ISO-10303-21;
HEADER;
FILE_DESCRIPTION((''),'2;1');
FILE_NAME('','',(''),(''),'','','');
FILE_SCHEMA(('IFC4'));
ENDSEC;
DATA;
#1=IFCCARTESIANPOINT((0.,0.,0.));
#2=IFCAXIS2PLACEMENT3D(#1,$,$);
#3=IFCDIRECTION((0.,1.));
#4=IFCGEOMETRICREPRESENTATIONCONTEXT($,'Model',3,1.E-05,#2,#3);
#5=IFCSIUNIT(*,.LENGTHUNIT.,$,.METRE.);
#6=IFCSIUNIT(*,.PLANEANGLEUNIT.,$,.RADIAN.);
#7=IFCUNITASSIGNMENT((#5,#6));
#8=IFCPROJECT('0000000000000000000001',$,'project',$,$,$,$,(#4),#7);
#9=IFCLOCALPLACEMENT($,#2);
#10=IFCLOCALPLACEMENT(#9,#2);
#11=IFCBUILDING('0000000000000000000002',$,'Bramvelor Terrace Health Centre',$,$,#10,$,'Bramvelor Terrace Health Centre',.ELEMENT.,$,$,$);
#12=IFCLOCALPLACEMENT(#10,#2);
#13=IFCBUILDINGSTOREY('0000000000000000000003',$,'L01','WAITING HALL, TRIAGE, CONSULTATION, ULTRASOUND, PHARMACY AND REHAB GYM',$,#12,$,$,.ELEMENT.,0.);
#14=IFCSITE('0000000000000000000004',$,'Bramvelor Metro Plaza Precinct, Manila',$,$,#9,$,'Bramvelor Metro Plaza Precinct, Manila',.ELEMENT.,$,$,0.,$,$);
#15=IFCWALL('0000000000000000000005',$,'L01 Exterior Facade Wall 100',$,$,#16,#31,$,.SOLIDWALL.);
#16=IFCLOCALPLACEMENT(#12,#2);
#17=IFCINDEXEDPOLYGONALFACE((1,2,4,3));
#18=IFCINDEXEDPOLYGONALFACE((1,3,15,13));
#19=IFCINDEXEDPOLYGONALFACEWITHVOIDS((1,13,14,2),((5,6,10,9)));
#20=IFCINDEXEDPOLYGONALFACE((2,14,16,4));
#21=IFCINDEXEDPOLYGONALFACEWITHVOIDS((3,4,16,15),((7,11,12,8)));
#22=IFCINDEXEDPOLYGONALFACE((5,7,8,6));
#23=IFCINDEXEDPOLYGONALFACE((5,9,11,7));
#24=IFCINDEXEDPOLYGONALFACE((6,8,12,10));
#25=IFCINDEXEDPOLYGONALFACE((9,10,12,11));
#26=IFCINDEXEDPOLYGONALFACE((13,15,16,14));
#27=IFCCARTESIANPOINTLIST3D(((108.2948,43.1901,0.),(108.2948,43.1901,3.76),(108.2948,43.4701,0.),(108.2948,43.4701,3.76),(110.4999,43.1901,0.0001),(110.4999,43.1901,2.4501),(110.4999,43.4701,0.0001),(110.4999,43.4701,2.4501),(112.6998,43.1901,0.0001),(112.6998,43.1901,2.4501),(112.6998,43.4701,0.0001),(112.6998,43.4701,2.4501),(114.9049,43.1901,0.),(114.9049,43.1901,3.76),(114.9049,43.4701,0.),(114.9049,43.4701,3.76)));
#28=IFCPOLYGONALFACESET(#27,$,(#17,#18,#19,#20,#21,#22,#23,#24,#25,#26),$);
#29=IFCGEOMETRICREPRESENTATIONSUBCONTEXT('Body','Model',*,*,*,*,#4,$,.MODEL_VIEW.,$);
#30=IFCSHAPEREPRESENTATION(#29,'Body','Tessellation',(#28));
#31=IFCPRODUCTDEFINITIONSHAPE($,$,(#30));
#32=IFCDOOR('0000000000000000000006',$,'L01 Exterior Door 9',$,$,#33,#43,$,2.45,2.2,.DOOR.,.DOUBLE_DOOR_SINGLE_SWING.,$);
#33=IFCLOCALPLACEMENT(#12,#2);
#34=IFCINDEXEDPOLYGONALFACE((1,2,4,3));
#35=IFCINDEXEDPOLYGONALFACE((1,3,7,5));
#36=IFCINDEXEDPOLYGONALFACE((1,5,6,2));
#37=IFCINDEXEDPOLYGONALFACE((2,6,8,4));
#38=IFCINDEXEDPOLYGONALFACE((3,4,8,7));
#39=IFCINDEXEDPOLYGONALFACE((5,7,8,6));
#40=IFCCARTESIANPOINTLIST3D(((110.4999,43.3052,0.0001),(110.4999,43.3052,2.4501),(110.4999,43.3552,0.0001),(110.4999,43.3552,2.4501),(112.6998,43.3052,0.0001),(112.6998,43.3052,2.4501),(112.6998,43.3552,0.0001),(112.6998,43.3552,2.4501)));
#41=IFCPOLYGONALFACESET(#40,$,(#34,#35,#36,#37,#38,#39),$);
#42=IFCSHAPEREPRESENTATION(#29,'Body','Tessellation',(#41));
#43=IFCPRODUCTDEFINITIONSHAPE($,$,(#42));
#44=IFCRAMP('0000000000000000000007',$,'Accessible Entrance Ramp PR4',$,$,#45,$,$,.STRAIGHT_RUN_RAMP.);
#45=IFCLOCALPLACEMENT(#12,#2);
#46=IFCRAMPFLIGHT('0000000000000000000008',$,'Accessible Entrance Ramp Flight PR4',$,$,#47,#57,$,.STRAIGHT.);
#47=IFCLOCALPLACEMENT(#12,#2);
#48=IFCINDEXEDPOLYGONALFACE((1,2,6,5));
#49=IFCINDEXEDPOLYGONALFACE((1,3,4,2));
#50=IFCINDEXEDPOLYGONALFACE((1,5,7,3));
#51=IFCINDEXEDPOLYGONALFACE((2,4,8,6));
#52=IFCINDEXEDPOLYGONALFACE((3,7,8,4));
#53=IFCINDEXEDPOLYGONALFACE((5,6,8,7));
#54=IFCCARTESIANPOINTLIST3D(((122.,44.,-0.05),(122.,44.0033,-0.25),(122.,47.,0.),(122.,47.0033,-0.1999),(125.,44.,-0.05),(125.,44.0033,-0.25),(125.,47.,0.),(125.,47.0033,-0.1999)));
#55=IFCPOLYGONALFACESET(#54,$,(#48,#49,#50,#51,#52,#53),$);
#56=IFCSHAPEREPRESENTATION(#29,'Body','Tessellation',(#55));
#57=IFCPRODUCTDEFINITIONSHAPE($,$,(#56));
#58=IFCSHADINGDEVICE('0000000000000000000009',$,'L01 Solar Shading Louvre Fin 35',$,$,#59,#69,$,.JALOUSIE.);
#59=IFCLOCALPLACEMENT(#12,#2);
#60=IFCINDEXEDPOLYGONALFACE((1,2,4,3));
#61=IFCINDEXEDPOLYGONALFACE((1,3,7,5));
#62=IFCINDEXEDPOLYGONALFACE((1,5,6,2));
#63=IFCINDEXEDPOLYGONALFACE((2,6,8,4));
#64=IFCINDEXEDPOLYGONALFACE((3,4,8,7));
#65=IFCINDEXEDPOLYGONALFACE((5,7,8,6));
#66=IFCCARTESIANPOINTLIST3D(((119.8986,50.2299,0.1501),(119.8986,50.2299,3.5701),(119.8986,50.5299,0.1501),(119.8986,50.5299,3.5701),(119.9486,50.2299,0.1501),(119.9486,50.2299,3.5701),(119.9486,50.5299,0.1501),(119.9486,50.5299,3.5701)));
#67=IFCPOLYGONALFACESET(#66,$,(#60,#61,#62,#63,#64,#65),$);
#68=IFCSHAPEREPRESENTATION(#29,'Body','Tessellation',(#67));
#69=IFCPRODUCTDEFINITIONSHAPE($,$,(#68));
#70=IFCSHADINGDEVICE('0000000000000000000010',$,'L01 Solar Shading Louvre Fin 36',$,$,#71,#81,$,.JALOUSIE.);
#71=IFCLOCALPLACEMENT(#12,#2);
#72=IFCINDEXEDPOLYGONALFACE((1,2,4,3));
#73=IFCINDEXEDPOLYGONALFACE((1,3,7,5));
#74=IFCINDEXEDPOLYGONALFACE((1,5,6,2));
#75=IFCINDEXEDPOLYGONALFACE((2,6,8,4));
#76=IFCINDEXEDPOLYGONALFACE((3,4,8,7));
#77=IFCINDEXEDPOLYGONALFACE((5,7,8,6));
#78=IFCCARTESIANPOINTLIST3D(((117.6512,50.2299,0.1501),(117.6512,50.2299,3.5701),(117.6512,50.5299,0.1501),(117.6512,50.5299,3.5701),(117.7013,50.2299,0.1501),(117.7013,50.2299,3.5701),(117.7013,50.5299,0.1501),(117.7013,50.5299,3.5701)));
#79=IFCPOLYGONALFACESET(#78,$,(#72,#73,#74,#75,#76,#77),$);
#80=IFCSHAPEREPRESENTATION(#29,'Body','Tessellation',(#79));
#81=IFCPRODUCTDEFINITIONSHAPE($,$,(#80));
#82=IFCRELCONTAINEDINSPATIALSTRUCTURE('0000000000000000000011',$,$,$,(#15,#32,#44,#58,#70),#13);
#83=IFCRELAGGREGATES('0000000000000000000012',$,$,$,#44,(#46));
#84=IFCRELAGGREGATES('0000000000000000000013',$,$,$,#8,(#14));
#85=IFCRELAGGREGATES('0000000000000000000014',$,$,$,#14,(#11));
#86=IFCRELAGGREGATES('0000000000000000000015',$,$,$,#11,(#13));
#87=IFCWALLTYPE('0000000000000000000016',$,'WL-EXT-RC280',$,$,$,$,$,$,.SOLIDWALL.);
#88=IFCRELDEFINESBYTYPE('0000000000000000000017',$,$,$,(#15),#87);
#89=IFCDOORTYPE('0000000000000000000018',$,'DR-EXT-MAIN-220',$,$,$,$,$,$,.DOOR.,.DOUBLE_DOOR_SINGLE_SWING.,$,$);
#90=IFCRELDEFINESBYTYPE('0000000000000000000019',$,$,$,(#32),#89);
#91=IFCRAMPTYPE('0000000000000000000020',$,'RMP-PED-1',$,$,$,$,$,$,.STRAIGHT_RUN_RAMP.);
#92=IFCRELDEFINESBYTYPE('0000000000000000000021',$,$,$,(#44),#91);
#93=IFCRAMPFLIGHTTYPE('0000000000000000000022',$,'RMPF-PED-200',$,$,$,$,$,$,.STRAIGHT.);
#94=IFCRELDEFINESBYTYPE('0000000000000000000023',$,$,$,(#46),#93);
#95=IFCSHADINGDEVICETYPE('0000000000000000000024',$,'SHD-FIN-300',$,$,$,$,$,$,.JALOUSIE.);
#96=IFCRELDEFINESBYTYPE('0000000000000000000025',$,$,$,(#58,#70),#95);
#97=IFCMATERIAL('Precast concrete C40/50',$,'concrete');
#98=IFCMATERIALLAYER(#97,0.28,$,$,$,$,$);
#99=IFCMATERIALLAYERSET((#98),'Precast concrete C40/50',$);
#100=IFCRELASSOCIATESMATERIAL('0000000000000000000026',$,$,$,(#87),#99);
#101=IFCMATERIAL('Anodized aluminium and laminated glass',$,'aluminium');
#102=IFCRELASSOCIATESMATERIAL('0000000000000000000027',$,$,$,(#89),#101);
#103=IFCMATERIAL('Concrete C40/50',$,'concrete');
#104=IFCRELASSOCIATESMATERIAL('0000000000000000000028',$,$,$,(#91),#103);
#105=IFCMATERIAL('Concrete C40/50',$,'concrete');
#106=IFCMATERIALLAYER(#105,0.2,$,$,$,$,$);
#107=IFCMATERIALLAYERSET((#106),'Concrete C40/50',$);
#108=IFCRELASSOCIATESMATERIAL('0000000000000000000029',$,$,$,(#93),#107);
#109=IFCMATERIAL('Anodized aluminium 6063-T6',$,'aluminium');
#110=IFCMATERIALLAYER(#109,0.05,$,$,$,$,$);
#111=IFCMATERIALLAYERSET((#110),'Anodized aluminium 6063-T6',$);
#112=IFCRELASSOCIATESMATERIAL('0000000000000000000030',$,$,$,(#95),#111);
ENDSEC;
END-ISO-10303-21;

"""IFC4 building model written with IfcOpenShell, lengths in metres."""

from ifc_helpers import new_model, si_unit, direction, frame, frame_2d, origin, origin_2d, place, context, subcontext, project, spatial, polyline, rectangle, outline, extrude, material, layer, layer_set, type_object, element, fill, aggregate, save


model = new_model("IFC4")

# Units and contexts
model_context = context("Model", 3, precision=1e-05, world=origin(), true_north=direction((0.0, 1.0)))
body_context = subcontext(model_context, "Body", "Model", "MODEL_VIEW")
ifc_project = project(units=[si_unit("LENGTHUNIT", "METRE"), si_unit("PLANEANGLEUNIT", "RADIAN")], contexts=[model_context])

# Site, building, storey
site_placement = place(None, origin())
site = spatial("IfcSite", under=ifc_project, at=site_placement, Name="Bramvelor Metro Plaza Precinct, Manila", LongName="Bramvelor Metro Plaza Precinct, Manila", CompositionType="ELEMENT", RefElevation=0.0)
building_placement = place(site_placement, origin())
building = spatial("IfcBuilding", under=site, at=building_placement, Name="Bramvelor Terrace Health Centre", LongName="Bramvelor Terrace Health Centre", CompositionType="ELEMENT")
storey_placement = place(building_placement, origin())
storey = spatial("IfcBuildingStorey", under=building, at=storey_placement, Name="L01", Description="WAITING HALL, TRIAGE, CONSULTATION, ULTRASOUND, PHARMACY AND REHAB GYM", CompositionType="ELEMENT", Elevation=0.0)

# Wall, opening, door
ifc_material_1 = material(Name="Precast concrete C40/50", Category="concrete")
ifc_layer_1 = layer(ifc_material_1, 0.28)
ifc_layer_set_1 = layer_set([ifc_layer_1], Name="Precast concrete C40/50")
wall_type_1 = type_object("IfcWallType", Name="WL-EXT-RC280", PredefinedType="SOLIDWALL", material=ifc_layer_set_1)
wall_1_placement = place(storey_placement, frame((114.905, 43.3301, 0.0), z_axis=(0.0, 0.0, 1.0), x_axis=(-1.0, 0.0, 0.0)))
wall_1 = element("IfcWall", 1, at=wall_1_placement, inside=storey, type_object=wall_type_1, Name="L01 Exterior Facade Wall 100", PredefinedType="SOLIDWALL", context=body_context, shape_type="SweptSolid", body=[
    extrude(rectangle(XDim=6.6101, YDim=0.28, at=frame_2d((3.3052, 0.0))), origin(), (0.0, 0.0, 1.0), 3.76),
])
opening_1_placement = place(wall_1_placement, frame((2.2051, 0.0, 0.0)))
opening_1 = element("IfcOpeningElement", 2, at=opening_1_placement, cuts=wall_1, PredefinedType="OPENING", context=body_context, shape_type="SweptSolid", body=[
    extrude(rectangle(XDim=2.2, YDim=2.45, at=frame_2d((1.1001, 1.2251))), frame((0.0, 0.1499, 0.0), z_axis=(0.0, -1.0, 0.0), x_axis=(1.0, 0.0, 0.0)), (0.0, 0.0, 1.0), 0.3),
])
ifc_material_2 = material(Name="Anodized aluminium and laminated glass", Category="aluminium")
door_type = type_object("IfcDoorType", Name="DR-EXT-MAIN-220", OperationType="DOUBLE_DOOR_SINGLE_SWING", PredefinedType="DOOR", material=ifc_material_2)
door_placement = place(opening_1_placement, origin())
door = element("IfcDoor", 3, at=door_placement, inside=storey, type_object=door_type, Name="L01 Exterior Door 9", OperationType="DOUBLE_DOOR_SINGLE_SWING", OverallHeight=2.45, OverallWidth=2.2, PredefinedType="DOOR", context=body_context, shape_type="SweptSolid", body=[
    extrude(rectangle(XDim=2.2, YDim=2.45, at=frame_2d((1.1001, 1.2251))), frame((0.0, 0.0249, 0.0), z_axis=(0.0, -1.0, 0.0), x_axis=(1.0, 0.0, 0.0)), (0.0, 0.0, 1.0), 0.05),
])
fill(opening_1, door)

# Ramp, ramp flight
ifc_material_3 = material(Name="Concrete C40/50", Category="concrete")
ramp_type = type_object("IfcRampType", Name="RMP-PED-1", PredefinedType="STRAIGHT_RUN_RAMP", material=ifc_material_3)
ramp_placement = place(storey_placement, origin())
ramp = element("IfcRamp", 4, at=ramp_placement, inside=storey, type_object=ramp_type, Name="Accessible Entrance Ramp PR4", PredefinedType="STRAIGHT_RUN_RAMP")
ifc_material_4 = material(Name="Concrete C40/50", Category="concrete")
ifc_layer_2 = layer(ifc_material_4, 0.2)
ifc_layer_set_2 = layer_set([ifc_layer_2], Name="Concrete C40/50")
ramp_flight_type = type_object("IfcRampFlightType", Name="RMPF-PED-200", PredefinedType="STRAIGHT", material=ifc_layer_set_2)
ramp_flight_placement = place(storey_placement, frame((122.0, 44.0, -0.05), z_axis=(0.0, -0.016681, 0.999861), x_axis=(1.0, 0.0, 0.0)))
ramp_flight = element("IfcRampFlight", 5, at=ramp_flight_placement, type_object=ramp_flight_type, Name="Accessible Entrance Ramp Flight PR4", PredefinedType="STRAIGHT", context=body_context, shape_type="SweptSolid", body=[
    extrude(outline(polyline([(0.0, 0.0), (3.0, 0.0), (3.0, 3.0004), (0.0, 3.0004), (0.0, 0.0)])), origin(), (0.0, 0.0, -1.0), 0.2),
])
aggregate(ramp, [ramp_flight])

# Shading devices
ifc_material_5 = material(Name="Anodized aluminium 6063-T6", Category="aluminium")
ifc_layer_3 = layer(ifc_material_5, 0.05)
ifc_layer_set_3 = layer_set([ifc_layer_3], Name="Anodized aluminium 6063-T6")
shading_device_type = type_object("IfcShadingDeviceType", Name="SHD-FIN-300", PredefinedType="JALOUSIE", material=ifc_layer_set_3)
for number, where, z_axis, x_axis, name in (
    (6, (119.9236, 50.3799, 0.1501), (0.0, 0.0, 1.0), (1.0, 0.0, 0.0), "L01 Solar Shading Louvre Fin 35"),
    (7, (117.6763, 50.3799, 0.1501), (0.0, 0.0, 1.0), (1.0, 0.0, 0.0), "L01 Solar Shading Louvre Fin 36"),
):
    element("IfcShadingDevice", number, at=place(storey_placement, frame(where, z_axis=z_axis, x_axis=x_axis)), inside=storey, type_object=shading_device_type, Name=name, PredefinedType="JALOUSIE", context=body_context, shape_type="SweptSolid", body=[
        extrude(rectangle(XDim=0.05, YDim=0.3, at=origin_2d()), origin(), (0.0, 0.0, 1.0), 3.4199),
    ])

save(model, "model.ifc")
